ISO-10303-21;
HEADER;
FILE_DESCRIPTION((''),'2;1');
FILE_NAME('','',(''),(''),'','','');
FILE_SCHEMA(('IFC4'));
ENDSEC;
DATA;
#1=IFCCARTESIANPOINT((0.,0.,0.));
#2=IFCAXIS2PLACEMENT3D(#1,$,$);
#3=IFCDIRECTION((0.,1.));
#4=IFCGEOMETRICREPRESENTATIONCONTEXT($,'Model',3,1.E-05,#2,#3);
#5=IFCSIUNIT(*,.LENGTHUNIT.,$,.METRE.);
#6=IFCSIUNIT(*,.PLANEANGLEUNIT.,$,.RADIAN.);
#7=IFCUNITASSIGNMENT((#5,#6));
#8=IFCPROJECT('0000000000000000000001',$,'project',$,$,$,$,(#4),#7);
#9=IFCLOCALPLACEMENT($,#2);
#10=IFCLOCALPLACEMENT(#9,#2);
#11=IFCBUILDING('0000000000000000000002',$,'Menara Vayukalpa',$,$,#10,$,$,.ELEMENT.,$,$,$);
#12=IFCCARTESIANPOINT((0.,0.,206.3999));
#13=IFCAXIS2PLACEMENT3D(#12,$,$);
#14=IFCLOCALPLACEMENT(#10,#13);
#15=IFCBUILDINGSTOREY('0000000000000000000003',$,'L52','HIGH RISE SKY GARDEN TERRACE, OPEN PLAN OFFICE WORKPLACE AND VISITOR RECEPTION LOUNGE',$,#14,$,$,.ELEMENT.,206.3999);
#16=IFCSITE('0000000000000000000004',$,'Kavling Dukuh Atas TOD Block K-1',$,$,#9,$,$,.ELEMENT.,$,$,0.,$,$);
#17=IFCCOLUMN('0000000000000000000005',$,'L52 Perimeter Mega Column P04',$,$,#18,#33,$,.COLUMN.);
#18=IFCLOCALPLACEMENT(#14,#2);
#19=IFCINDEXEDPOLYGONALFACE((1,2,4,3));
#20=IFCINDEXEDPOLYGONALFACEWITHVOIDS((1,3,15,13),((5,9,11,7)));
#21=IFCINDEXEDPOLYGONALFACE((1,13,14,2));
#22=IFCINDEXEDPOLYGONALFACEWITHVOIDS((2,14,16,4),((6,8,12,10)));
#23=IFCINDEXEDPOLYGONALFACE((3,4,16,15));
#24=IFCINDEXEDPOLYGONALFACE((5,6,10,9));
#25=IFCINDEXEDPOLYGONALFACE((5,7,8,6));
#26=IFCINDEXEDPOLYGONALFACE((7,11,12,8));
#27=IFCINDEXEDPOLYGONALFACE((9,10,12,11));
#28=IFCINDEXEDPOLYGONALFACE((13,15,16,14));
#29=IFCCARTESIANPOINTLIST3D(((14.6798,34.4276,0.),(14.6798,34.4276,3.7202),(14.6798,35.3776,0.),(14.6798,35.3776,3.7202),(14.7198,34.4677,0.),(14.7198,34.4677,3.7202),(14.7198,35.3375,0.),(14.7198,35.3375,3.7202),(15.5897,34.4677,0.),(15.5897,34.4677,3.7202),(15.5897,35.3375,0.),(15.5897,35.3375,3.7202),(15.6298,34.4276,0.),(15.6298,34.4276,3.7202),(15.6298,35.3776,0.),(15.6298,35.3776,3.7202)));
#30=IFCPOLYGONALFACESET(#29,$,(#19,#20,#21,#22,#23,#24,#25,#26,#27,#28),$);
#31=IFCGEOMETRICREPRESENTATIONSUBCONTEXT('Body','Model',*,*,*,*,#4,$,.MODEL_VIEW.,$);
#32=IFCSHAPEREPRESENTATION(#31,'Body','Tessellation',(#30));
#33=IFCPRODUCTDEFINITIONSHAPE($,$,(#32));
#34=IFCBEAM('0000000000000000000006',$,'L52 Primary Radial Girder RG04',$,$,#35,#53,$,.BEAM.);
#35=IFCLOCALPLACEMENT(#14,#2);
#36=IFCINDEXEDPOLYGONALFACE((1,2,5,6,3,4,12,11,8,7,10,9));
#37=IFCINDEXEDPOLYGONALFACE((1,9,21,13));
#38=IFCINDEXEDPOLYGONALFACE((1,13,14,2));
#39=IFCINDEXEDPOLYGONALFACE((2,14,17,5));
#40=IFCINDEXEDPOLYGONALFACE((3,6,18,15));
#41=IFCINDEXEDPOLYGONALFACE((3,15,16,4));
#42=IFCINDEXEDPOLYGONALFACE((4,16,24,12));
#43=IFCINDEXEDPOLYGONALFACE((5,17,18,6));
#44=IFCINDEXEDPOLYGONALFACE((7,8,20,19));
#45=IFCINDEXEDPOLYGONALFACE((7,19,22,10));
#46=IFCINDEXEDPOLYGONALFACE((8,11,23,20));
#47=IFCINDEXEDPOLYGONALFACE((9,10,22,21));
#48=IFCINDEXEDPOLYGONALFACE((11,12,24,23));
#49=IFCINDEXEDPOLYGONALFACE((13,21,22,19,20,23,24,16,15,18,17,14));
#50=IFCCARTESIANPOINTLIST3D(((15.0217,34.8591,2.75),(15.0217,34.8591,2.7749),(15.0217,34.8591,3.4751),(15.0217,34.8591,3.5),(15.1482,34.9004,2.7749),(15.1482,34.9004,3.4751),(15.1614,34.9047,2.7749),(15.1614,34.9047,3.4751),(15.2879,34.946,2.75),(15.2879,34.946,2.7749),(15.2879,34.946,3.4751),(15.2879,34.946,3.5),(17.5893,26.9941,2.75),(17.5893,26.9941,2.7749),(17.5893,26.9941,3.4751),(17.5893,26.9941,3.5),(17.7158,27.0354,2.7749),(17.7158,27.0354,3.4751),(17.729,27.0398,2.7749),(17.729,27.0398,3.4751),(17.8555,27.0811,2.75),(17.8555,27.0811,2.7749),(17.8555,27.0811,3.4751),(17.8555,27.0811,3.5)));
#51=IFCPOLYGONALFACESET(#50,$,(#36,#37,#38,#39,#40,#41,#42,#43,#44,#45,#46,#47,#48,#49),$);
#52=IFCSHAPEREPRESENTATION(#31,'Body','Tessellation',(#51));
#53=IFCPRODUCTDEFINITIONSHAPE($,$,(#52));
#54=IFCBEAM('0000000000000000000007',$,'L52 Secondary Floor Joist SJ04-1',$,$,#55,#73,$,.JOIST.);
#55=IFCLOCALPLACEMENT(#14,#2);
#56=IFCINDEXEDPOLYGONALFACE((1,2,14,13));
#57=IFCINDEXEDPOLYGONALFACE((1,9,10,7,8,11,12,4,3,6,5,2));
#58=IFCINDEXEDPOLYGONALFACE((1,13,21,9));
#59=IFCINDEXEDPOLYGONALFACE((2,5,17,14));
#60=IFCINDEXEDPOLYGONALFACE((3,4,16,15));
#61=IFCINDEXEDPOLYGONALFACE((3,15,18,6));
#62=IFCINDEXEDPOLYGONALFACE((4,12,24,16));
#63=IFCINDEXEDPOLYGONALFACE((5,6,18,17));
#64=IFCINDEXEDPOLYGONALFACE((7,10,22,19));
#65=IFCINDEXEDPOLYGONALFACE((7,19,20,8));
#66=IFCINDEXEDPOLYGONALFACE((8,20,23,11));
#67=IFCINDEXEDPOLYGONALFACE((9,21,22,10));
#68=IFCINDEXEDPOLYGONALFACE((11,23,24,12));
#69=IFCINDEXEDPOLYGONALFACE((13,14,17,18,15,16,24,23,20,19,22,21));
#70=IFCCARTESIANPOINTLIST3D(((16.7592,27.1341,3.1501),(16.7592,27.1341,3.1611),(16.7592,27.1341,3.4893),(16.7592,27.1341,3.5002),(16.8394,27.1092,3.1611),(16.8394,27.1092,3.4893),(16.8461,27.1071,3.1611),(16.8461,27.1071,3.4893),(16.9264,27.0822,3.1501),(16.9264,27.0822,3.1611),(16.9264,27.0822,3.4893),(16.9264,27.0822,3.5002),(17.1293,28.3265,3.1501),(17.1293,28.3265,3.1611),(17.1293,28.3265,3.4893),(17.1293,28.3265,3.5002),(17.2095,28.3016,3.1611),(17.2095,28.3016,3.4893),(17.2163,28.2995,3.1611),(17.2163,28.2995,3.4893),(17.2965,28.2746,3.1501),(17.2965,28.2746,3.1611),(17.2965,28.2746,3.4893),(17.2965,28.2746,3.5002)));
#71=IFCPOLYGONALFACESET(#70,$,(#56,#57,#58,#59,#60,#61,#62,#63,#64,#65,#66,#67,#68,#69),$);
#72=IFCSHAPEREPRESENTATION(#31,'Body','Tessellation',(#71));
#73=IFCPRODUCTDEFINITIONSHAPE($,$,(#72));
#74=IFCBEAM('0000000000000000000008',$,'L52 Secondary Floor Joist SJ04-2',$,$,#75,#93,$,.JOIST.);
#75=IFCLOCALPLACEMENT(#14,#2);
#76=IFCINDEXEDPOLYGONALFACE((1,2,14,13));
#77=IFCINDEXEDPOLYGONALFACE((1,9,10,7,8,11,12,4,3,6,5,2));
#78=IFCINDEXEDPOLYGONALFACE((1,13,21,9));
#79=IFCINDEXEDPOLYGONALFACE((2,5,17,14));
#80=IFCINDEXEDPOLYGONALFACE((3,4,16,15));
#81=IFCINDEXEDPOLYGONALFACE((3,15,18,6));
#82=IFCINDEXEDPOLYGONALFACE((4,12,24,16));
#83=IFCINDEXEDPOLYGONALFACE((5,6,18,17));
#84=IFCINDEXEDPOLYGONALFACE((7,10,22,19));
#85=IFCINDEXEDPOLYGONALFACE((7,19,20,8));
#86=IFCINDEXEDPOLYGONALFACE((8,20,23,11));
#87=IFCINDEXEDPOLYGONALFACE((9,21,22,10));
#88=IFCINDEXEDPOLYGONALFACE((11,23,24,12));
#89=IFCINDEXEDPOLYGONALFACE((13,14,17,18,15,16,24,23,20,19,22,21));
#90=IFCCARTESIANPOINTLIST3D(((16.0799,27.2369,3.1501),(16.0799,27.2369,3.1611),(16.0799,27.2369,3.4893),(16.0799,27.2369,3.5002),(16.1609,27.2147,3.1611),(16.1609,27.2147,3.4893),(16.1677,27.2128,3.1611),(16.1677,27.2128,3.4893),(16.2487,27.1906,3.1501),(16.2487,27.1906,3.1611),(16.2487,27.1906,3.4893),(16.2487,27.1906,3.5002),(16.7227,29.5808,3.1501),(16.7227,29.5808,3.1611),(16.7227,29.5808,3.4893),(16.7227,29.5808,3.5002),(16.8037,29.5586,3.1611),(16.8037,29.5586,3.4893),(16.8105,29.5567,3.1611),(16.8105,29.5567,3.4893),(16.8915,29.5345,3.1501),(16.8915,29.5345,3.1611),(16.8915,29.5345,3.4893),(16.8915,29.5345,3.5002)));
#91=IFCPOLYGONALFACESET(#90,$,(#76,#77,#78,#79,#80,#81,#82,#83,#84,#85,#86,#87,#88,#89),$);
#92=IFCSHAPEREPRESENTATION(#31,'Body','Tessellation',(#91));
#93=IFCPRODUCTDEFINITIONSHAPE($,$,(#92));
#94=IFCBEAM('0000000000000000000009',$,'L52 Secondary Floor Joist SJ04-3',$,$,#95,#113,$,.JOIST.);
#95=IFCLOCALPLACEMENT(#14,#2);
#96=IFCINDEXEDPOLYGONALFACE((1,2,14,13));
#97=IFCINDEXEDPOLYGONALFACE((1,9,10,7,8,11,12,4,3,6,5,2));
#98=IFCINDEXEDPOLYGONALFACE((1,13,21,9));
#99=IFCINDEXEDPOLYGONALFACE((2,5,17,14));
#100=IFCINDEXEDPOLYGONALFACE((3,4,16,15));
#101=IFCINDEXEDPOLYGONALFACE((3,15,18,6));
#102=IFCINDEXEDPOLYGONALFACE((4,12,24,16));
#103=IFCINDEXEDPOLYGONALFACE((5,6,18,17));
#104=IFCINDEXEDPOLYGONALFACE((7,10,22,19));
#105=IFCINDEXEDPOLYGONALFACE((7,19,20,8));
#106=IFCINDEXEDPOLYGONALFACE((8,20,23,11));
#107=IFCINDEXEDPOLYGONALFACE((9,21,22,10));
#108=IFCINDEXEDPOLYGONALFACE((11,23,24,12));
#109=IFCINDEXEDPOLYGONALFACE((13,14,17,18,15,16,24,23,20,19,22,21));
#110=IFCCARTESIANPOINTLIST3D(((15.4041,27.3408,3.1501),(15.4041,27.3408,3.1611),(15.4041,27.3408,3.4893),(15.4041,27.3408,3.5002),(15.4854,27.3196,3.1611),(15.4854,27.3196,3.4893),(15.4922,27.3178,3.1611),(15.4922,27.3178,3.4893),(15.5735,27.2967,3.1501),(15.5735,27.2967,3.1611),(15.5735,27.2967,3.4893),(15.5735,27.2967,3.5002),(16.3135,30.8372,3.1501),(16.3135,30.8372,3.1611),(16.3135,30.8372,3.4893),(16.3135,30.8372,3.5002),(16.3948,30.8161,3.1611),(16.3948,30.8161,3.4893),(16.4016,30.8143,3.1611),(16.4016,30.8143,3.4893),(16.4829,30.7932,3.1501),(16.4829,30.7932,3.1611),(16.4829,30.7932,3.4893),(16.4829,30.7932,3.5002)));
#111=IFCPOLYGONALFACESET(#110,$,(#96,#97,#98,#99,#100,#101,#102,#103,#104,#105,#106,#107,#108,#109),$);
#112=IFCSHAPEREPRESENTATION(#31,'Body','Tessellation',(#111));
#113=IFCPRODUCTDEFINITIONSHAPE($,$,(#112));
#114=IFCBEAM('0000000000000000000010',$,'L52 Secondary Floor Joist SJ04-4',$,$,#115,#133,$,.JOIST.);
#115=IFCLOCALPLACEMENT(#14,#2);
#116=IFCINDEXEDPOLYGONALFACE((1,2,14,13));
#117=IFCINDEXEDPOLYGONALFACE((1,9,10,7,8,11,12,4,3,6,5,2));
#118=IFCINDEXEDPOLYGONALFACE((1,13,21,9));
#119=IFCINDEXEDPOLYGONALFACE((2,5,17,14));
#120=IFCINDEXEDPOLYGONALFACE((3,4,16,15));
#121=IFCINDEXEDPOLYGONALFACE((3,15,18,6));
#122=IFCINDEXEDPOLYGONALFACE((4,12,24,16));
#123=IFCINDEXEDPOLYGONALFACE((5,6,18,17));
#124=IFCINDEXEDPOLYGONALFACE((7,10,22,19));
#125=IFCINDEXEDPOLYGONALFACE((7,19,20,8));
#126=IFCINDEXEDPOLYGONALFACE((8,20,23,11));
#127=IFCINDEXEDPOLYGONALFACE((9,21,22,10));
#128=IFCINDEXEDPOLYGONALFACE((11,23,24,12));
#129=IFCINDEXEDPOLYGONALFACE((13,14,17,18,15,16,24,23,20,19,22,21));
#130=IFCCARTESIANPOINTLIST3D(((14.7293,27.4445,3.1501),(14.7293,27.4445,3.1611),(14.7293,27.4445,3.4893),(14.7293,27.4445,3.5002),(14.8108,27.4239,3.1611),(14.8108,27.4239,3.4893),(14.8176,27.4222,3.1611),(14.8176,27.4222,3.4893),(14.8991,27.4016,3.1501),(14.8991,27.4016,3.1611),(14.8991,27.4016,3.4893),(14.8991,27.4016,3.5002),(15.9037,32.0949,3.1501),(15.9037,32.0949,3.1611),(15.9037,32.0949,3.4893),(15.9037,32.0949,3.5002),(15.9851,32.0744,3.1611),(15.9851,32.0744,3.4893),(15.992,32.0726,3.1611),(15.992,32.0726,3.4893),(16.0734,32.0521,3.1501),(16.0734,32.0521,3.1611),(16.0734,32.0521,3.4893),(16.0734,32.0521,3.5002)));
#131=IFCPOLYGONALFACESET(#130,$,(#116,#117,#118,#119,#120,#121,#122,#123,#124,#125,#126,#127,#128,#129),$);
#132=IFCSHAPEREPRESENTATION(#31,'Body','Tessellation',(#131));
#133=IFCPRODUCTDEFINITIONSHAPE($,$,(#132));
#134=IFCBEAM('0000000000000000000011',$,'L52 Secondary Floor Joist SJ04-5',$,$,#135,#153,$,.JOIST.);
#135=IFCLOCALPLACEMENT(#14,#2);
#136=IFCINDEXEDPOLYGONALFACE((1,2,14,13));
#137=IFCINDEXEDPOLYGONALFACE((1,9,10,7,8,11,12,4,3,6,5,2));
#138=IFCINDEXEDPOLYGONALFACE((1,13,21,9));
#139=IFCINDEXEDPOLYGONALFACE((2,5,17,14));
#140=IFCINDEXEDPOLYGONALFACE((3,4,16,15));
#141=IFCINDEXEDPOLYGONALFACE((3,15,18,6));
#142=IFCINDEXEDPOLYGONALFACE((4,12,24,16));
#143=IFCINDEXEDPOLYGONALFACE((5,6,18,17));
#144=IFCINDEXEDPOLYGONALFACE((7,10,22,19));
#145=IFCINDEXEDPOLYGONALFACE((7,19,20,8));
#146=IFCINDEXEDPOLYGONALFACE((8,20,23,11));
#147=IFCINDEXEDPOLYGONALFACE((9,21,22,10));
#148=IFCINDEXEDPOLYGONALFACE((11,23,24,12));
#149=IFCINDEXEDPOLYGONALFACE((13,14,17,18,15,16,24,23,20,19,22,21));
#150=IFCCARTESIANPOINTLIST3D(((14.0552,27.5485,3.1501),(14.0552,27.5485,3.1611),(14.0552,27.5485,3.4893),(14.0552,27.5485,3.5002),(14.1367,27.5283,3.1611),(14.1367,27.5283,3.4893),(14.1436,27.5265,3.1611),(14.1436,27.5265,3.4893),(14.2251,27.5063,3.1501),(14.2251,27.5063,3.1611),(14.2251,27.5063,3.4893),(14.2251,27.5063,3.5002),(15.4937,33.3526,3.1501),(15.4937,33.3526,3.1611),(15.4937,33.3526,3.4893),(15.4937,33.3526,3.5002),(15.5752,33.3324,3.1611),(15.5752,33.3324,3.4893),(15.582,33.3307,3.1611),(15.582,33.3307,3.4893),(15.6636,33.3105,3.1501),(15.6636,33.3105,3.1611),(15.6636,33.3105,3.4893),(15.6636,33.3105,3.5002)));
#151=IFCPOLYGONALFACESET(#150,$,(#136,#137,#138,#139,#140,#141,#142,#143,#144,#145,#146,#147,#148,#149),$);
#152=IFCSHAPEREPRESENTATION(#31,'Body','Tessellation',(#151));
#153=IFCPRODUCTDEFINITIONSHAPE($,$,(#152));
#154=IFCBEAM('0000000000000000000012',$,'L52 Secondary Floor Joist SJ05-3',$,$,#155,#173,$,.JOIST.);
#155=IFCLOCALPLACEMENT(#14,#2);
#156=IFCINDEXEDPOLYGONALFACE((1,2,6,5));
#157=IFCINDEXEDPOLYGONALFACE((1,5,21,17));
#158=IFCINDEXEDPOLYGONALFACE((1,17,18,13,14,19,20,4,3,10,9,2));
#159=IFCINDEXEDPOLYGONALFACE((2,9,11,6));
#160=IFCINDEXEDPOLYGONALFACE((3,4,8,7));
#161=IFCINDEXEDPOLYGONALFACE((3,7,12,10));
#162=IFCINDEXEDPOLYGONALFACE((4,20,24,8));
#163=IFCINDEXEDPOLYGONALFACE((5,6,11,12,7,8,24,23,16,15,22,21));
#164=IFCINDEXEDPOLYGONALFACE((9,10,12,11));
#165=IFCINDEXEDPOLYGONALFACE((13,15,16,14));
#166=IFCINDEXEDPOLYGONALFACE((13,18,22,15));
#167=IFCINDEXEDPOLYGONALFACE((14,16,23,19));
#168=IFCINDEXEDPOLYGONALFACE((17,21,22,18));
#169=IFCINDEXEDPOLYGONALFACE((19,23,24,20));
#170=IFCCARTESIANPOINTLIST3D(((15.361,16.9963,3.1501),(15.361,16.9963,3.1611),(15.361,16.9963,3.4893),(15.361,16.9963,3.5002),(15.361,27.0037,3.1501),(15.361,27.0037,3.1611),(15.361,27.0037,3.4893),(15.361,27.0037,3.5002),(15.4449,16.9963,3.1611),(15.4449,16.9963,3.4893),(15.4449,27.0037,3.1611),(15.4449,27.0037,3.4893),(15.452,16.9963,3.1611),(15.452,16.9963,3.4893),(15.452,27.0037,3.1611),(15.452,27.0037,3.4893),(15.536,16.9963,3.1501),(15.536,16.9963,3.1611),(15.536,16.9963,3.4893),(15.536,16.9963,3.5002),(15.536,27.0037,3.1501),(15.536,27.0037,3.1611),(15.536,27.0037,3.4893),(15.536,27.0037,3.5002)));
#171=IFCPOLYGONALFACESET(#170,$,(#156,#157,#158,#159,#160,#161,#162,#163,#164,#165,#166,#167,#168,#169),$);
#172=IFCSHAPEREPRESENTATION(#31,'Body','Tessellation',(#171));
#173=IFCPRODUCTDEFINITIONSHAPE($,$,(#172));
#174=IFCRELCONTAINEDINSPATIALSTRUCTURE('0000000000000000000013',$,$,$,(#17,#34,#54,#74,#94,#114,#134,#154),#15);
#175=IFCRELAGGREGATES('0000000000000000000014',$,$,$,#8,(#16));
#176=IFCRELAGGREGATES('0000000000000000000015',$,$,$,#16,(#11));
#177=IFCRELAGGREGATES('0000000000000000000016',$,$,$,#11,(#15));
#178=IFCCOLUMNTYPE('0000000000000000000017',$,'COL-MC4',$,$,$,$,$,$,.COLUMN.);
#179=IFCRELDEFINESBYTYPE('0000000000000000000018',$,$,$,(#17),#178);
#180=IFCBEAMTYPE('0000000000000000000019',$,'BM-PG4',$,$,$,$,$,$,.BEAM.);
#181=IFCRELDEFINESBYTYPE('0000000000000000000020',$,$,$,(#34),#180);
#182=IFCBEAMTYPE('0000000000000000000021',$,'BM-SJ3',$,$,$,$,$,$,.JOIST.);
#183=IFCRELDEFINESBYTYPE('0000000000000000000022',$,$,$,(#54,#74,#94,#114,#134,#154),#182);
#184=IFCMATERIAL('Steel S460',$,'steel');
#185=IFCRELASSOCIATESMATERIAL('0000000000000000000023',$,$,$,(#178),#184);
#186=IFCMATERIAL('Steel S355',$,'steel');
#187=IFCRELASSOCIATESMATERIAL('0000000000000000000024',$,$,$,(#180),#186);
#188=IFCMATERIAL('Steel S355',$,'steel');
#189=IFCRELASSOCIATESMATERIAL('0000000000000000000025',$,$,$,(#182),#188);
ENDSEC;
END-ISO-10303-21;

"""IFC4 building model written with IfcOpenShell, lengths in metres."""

from ifc_helpers import new_model, si_unit, direction, frame, origin, origin_2d, place, context, subcontext, project, spatial, hollow_rectangle, i_section, extrude, material, material_profile, profile_set, type_object, element, save


model = new_model("IFC4")

# Units and contexts
model_context = context("Model", 3, precision=1e-05, world=origin(), true_north=direction((0.0, 1.0)))
body_context = subcontext(model_context, "Body", "Model", "MODEL_VIEW")
ifc_project = project(units=[si_unit("LENGTHUNIT", "METRE"), si_unit("PLANEANGLEUNIT", "RADIAN")], contexts=[model_context])

# Site, building, storey
site_placement = place(None, origin())
site = spatial("IfcSite", under=ifc_project, at=site_placement, Name="Kavling Dukuh Atas TOD Block K-1", CompositionType="ELEMENT", RefElevation=0.0)
building_placement = place(site_placement, origin())
building = spatial("IfcBuilding", under=site, at=building_placement, Name="Menara Vayukalpa", CompositionType="ELEMENT")
storey_placement = place(building_placement, frame((0.0, 0.0, 206.3999)))
storey = spatial("IfcBuildingStorey", under=building, at=storey_placement, Name="L52", Description="HIGH RISE SKY GARDEN TERRACE, OPEN PLAN OFFICE WORKPLACE AND VISITOR RECEPTION LOUNGE", CompositionType="ELEMENT", Elevation=206.3999)

# Column
ifc_material_1 = material(Name="Steel S460", Category="steel")
ifc_material_profile_1 = material_profile(ifc_material_1, hollow_rectangle(XDim=0.95, YDim=0.95, WallThickness=0.04, at=origin_2d()), Name="BOX 950x950x40")
ifc_profile_set_1 = profile_set([ifc_material_profile_1], Name="Steel S460")
column_type = type_object("IfcColumnType", Name="COL-MC4", PredefinedType="COLUMN", material=ifc_profile_set_1)
column_placement = place(storey_placement, frame((15.1548, 34.9026, 0.0), z_axis=(0.0, 0.0, 1.0), x_axis=(1.0, 0.0, 0.0)))
element("IfcColumn", 1, at=column_placement, inside=storey, type_object=column_type, Name="L52 Perimeter Mega Column P04", PredefinedType="COLUMN", context=body_context, shape_type="SweptSolid", body=[
    extrude(hollow_rectangle(XDim=0.95, YDim=0.95, WallThickness=0.04, at=origin_2d()), origin(), (0.0, 0.0, 1.0), 3.7202),
])

# Beams
ifc_material_2 = material(Name="Steel S355", Category="steel")
ifc_material_profile_2 = material_profile(ifc_material_2, i_section(OverallWidth=0.28, OverallDepth=0.75, WebThickness=0.0139, FlangeThickness=0.0249, at=origin_2d()), Name="WF 750x280x14x25")
ifc_profile_set_2 = profile_set([ifc_material_profile_2], Name="Steel S355")
beam_type_1 = type_object("IfcBeamType", Name="BM-PG4", PredefinedType="BEAM", material=ifc_profile_set_2)
beam_1_placement = place(storey_placement, frame((17.7224, 27.0376, 3.125), z_axis=(-0.310344, 0.950624, 0.0), x_axis=(-0.950624, -0.310344, 0.0)))
element("IfcBeam", 2, at=beam_1_placement, inside=storey, type_object=beam_type_1, Name="L52 Primary Radial Girder RG04", PredefinedType="BEAM", context=body_context, shape_type="SweptSolid", body=[
    extrude(i_section(OverallWidth=0.28, OverallDepth=0.75, WebThickness=0.0139, FlangeThickness=0.0249, at=origin_2d()), origin(), (0.0, 0.0, 1.0), 8.2734),
])
ifc_material_3 = material(Name="Steel S355", Category="steel")
ifc_material_profile_3 = material_profile(ifc_material_3, i_section(OverallWidth=0.175, OverallDepth=0.3501, WebThickness=0.0071, FlangeThickness=0.011, at=origin_2d()), Name="WF 350x175x7x11")
ifc_profile_set_3 = profile_set([ifc_material_profile_3], Name="Steel S355")
beam_type_2 = type_object("IfcBeamType", Name="BM-SJ3", PredefinedType="JOIST", material=ifc_profile_set_3)
beam_2_placement = place(storey_placement, frame((17.2129, 28.3005, 3.3252), z_axis=(-0.296448, -0.955049, 0.0), x_axis=(0.955049, -0.296448, 0.0)))
element("IfcBeam", 3, at=beam_2_placement, inside=storey, type_object=beam_type_2, Name="L52 Secondary Floor Joist SJ04-1", PredefinedType="JOIST", context=body_context, shape_type="SweptSolid", body=[
    extrude(i_section(OverallWidth=0.175, OverallDepth=0.3501, WebThickness=0.0071, FlangeThickness=0.011, at=origin_2d()), origin(), (0.0, 0.0, 1.0), 1.2485),
])
beam_3_placement = place(storey_placement, frame((16.8071, 29.5576, 3.3252), z_axis=(-0.264503, -0.964385, 0.0), x_axis=(0.964385, -0.264503, 0.0)))
element("IfcBeam", 4, at=beam_3_placement, inside=storey, type_object=beam_type_2, Name="L52 Secondary Floor Joist SJ04-2", PredefinedType="JOIST", context=body_context, shape_type="SweptSolid", body=[
    extrude(i_section(OverallWidth=0.175, OverallDepth=0.3501, WebThickness=0.0071, FlangeThickness=0.011, at=origin_2d()), origin(), (0.0, 0.0, 1.0), 2.4304),
])
beam_4_placement = place(storey_placement, frame((16.3982, 30.8152, 3.3252), z_axis=(-0.251715, -0.967801, 0.0), x_axis=(0.967801, -0.251715, 0.0)))
element("IfcBeam", 5, at=beam_4_placement, inside=storey, type_object=beam_type_2, Name="L52 Secondary Floor Joist SJ04-3", PredefinedType="JOIST", context=body_context, shape_type="SweptSolid", body=[
    extrude(i_section(OverallWidth=0.175, OverallDepth=0.3501, WebThickness=0.0071, FlangeThickness=0.011, at=origin_2d()), origin(), (0.0, 0.0, 1.0), 3.6128),
])
beam_5_placement = place(storey_placement, frame((15.9885, 32.0735, 3.3252), z_axis=(-0.244834, -0.969565, 0.0), x_axis=(0.969565, -0.244834, 0.0)))
element("IfcBeam", 6, at=beam_5_placement, inside=storey, type_object=beam_type_2, Name="L52 Secondary Floor Joist SJ04-4", PredefinedType="JOIST", context=body_context, shape_type="SweptSolid", body=[
    extrude(i_section(OverallWidth=0.175, OverallDepth=0.3501, WebThickness=0.0071, FlangeThickness=0.011, at=origin_2d()), origin(), (0.0, 0.0, 1.0), 4.7964),
])
beam_6_placement = place(storey_placement, frame((15.5786, 33.3315, 3.3252), z_axis=(-0.240556, -0.970635, 0.0), x_axis=(0.970635, -0.240556, 0.0)))
element("IfcBeam", 7, at=beam_6_placement, inside=storey, type_object=beam_type_2, Name="L52 Secondary Floor Joist SJ04-5", PredefinedType="JOIST", context=body_context, shape_type="SweptSolid", body=[
    extrude(i_section(OverallWidth=0.175, OverallDepth=0.3501, WebThickness=0.0071, FlangeThickness=0.011, at=origin_2d()), origin(), (0.0, 0.0, 1.0), 5.9797),
])
beam_7_placement = place(storey_placement, frame((15.4485, 27.0037, 3.3252), z_axis=(0.0, -1.0, 0.0), x_axis=(1.0, 0.0, 0.0)))
element("IfcBeam", 8, at=beam_7_placement, inside=storey, type_object=beam_type_2, Name="L52 Secondary Floor Joist SJ05-3", PredefinedType="JOIST", context=body_context, shape_type="SweptSolid", body=[
    extrude(i_section(OverallWidth=0.175, OverallDepth=0.3501, WebThickness=0.0071, FlangeThickness=0.011, at=origin_2d()), origin(), (0.0, 0.0, 1.0), 10.0073),
])

save(model, "model.ifc")
